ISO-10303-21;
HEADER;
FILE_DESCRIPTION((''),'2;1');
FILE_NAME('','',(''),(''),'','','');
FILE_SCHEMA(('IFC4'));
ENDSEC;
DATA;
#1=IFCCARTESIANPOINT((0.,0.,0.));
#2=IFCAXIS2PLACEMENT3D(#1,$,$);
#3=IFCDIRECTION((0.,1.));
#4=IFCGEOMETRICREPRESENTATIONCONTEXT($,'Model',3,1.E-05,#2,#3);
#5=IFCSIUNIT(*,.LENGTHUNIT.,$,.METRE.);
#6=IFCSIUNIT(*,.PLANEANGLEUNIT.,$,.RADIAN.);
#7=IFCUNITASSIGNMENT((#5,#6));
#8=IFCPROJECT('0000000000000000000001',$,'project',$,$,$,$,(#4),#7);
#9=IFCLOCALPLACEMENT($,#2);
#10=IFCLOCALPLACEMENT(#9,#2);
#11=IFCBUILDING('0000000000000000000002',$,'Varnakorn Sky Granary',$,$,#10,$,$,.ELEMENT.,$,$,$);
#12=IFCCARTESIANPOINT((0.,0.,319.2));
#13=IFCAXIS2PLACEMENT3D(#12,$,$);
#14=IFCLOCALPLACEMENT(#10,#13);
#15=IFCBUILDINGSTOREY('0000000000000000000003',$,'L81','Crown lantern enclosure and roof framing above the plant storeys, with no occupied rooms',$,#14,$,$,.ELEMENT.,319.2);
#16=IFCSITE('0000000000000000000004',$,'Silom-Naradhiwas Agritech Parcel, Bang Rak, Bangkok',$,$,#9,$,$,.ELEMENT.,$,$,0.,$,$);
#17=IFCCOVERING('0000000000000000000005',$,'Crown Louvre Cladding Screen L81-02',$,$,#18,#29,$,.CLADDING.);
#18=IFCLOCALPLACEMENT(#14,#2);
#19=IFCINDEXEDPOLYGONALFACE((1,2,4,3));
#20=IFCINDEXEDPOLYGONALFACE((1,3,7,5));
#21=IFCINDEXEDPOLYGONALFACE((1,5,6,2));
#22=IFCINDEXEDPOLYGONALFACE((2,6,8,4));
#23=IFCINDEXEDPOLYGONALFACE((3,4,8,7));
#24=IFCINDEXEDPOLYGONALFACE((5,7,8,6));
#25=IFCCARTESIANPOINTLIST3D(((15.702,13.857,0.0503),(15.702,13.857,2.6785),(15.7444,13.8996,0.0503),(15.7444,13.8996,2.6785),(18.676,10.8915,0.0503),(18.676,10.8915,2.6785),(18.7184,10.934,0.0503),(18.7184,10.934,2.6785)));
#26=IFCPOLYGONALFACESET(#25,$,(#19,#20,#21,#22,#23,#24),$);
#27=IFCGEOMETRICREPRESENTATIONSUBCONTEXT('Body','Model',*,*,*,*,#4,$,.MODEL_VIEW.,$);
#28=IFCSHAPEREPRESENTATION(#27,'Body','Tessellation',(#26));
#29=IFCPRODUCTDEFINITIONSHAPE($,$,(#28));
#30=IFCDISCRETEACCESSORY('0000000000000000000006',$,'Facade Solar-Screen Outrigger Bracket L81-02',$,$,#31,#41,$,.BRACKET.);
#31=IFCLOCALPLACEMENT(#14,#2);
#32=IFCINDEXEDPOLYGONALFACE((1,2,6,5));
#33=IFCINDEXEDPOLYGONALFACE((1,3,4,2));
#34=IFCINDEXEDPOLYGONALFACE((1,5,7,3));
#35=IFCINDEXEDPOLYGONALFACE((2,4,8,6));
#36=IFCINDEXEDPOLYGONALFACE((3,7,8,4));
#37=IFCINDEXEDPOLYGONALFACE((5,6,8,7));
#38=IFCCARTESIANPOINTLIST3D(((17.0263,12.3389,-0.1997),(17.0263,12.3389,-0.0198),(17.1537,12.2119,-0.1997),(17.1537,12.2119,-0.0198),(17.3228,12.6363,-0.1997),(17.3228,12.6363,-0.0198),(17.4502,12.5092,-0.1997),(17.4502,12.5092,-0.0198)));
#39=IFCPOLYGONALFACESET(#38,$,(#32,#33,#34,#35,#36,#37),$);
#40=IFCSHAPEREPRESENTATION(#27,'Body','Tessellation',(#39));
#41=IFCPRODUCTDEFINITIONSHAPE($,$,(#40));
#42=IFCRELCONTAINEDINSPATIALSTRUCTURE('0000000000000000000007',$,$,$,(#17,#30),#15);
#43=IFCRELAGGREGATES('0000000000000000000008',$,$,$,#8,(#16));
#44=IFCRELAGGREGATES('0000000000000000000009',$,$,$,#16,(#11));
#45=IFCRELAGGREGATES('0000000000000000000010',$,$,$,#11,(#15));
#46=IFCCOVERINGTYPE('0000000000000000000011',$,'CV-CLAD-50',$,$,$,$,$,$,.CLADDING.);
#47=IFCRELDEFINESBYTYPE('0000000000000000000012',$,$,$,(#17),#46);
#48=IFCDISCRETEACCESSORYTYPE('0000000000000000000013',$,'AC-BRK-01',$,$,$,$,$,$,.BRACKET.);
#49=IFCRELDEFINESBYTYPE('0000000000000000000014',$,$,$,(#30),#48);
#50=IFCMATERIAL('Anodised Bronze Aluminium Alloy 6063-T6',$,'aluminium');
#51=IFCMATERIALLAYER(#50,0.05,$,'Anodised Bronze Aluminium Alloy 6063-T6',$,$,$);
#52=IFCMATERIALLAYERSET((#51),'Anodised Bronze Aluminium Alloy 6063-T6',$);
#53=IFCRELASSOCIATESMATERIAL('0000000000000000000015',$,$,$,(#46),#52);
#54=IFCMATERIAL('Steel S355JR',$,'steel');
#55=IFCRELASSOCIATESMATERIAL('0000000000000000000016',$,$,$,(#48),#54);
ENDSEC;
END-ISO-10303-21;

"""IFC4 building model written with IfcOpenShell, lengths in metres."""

from ifc_helpers import new_model, si_unit, direction, frame, origin, origin_2d, place, context, subcontext, project, spatial, rectangle, extrude, source, transform, mapped, material, layer, layer_set, type_object, type_shapes, element, save


model = new_model("IFC4")

# Units and contexts
model_context = context("Model", 3, precision=1e-05, world=origin(), true_north=direction((0.0, 1.0)))
body_context = subcontext(model_context, "Body", "Model", "MODEL_VIEW")
ifc_project = project(units=[si_unit("LENGTHUNIT", "METRE"), si_unit("PLANEANGLEUNIT", "RADIAN")], contexts=[model_context])

# Site, building, storey
site_placement = place(None, origin())
site = spatial("IfcSite", under=ifc_project, at=site_placement, Name="Silom-Naradhiwas Agritech Parcel, Bang Rak, Bangkok", CompositionType="ELEMENT", RefElevation=0.0)
building_placement = place(site_placement, origin())
building = spatial("IfcBuilding", under=site, at=building_placement, Name="Varnakorn Sky Granary", CompositionType="ELEMENT")
storey_placement = place(building_placement, frame((0.0, 0.0, 319.2)))
storey = spatial("IfcBuildingStorey", under=building, at=storey_placement, Name="L81", Description="Crown lantern enclosure and roof framing above the plant storeys, with no occupied rooms", CompositionType="ELEMENT", Elevation=319.2)

# Shared definitions
ifc_material_1 = material(Name="Steel S355JR", Category="steel")

# Shared definitions
ifc_material_2 = material(Name="Anodised Bronze Aluminium Alloy 6063-T6", Category="aluminium")

# Covering
ifc_layer_1 = layer(ifc_material_2, 0.05, Name="Anodised Bronze Aluminium Alloy 6063-T6")
ifc_layer_set_1 = layer_set([ifc_layer_1], Name="Anodised Bronze Aluminium Alloy 6063-T6")
covering_type = type_object("IfcCoveringType", Name="CV-CLAD-50", PredefinedType="CLADDING", material=ifc_layer_set_1)
shared_shape_1 = source(origin(), body_context, "Body", "SweptSolid", [
    extrude(rectangle(XDim=4.2, YDim=0.0601, at=origin_2d()), origin(), (0.0, 0.0, 1.0), 2.6282),
])
type_shapes(covering_type, [shared_shape_1])
covering_placement = place(storey_placement, frame((17.2102, 12.3955, 0.0503), z_axis=(0.0, 0.0, 1.0), x_axis=(-0.708119, 0.706093, 0.0)))
element("IfcCovering", 1, at=covering_placement, inside=storey, type_object=covering_type, Name="Crown Louvre Cladding Screen L81-02", PredefinedType="CLADDING", context=body_context, shape_type="MappedRepresentation", body=[
    mapped(shared_shape_1, transform((0.0, 0.0, 0.0), x_axis=(1.0, 0.0, 0.0), y_axis=(0.0, 1.0, 0.0), z_axis=(0.0, 0.0, 1.0), scale=1.0)),
])

# Discrete accessory
discrete_accessory_type = type_object("IfcDiscreteAccessoryType", Name="AC-BRK-01", PredefinedType="BRACKET", material=ifc_material_1)
shared_shape_2 = source(origin(), body_context, "Body", "SweptSolid", [
    extrude(rectangle(XDim=0.1799, YDim=0.4199, at=origin_2d()), origin(), (0.0, 0.0, 1.0), 0.1799),
])
type_shapes(discrete_accessory_type, [shared_shape_2])
discrete_accessory_placement = place(storey_placement, frame((17.2383, 12.4241, -0.1997), z_axis=(0.0, 0.0, 1.0), x_axis=(-0.708119, 0.706093, 0.0)))
element("IfcDiscreteAccessory", 2, at=discrete_accessory_placement, inside=storey, type_object=discrete_accessory_type, Name="Facade Solar-Screen Outrigger Bracket L81-02", PredefinedType="BRACKET", context=body_context, shape_type="MappedRepresentation", body=[
    mapped(shared_shape_2, transform((0.0, 0.0, 0.0), x_axis=(1.0, 0.0, 0.0), y_axis=(0.0, 1.0, 0.0), z_axis=(0.0, 0.0, 1.0), scale=1.0)),
])

save(model, "model.ifc")
